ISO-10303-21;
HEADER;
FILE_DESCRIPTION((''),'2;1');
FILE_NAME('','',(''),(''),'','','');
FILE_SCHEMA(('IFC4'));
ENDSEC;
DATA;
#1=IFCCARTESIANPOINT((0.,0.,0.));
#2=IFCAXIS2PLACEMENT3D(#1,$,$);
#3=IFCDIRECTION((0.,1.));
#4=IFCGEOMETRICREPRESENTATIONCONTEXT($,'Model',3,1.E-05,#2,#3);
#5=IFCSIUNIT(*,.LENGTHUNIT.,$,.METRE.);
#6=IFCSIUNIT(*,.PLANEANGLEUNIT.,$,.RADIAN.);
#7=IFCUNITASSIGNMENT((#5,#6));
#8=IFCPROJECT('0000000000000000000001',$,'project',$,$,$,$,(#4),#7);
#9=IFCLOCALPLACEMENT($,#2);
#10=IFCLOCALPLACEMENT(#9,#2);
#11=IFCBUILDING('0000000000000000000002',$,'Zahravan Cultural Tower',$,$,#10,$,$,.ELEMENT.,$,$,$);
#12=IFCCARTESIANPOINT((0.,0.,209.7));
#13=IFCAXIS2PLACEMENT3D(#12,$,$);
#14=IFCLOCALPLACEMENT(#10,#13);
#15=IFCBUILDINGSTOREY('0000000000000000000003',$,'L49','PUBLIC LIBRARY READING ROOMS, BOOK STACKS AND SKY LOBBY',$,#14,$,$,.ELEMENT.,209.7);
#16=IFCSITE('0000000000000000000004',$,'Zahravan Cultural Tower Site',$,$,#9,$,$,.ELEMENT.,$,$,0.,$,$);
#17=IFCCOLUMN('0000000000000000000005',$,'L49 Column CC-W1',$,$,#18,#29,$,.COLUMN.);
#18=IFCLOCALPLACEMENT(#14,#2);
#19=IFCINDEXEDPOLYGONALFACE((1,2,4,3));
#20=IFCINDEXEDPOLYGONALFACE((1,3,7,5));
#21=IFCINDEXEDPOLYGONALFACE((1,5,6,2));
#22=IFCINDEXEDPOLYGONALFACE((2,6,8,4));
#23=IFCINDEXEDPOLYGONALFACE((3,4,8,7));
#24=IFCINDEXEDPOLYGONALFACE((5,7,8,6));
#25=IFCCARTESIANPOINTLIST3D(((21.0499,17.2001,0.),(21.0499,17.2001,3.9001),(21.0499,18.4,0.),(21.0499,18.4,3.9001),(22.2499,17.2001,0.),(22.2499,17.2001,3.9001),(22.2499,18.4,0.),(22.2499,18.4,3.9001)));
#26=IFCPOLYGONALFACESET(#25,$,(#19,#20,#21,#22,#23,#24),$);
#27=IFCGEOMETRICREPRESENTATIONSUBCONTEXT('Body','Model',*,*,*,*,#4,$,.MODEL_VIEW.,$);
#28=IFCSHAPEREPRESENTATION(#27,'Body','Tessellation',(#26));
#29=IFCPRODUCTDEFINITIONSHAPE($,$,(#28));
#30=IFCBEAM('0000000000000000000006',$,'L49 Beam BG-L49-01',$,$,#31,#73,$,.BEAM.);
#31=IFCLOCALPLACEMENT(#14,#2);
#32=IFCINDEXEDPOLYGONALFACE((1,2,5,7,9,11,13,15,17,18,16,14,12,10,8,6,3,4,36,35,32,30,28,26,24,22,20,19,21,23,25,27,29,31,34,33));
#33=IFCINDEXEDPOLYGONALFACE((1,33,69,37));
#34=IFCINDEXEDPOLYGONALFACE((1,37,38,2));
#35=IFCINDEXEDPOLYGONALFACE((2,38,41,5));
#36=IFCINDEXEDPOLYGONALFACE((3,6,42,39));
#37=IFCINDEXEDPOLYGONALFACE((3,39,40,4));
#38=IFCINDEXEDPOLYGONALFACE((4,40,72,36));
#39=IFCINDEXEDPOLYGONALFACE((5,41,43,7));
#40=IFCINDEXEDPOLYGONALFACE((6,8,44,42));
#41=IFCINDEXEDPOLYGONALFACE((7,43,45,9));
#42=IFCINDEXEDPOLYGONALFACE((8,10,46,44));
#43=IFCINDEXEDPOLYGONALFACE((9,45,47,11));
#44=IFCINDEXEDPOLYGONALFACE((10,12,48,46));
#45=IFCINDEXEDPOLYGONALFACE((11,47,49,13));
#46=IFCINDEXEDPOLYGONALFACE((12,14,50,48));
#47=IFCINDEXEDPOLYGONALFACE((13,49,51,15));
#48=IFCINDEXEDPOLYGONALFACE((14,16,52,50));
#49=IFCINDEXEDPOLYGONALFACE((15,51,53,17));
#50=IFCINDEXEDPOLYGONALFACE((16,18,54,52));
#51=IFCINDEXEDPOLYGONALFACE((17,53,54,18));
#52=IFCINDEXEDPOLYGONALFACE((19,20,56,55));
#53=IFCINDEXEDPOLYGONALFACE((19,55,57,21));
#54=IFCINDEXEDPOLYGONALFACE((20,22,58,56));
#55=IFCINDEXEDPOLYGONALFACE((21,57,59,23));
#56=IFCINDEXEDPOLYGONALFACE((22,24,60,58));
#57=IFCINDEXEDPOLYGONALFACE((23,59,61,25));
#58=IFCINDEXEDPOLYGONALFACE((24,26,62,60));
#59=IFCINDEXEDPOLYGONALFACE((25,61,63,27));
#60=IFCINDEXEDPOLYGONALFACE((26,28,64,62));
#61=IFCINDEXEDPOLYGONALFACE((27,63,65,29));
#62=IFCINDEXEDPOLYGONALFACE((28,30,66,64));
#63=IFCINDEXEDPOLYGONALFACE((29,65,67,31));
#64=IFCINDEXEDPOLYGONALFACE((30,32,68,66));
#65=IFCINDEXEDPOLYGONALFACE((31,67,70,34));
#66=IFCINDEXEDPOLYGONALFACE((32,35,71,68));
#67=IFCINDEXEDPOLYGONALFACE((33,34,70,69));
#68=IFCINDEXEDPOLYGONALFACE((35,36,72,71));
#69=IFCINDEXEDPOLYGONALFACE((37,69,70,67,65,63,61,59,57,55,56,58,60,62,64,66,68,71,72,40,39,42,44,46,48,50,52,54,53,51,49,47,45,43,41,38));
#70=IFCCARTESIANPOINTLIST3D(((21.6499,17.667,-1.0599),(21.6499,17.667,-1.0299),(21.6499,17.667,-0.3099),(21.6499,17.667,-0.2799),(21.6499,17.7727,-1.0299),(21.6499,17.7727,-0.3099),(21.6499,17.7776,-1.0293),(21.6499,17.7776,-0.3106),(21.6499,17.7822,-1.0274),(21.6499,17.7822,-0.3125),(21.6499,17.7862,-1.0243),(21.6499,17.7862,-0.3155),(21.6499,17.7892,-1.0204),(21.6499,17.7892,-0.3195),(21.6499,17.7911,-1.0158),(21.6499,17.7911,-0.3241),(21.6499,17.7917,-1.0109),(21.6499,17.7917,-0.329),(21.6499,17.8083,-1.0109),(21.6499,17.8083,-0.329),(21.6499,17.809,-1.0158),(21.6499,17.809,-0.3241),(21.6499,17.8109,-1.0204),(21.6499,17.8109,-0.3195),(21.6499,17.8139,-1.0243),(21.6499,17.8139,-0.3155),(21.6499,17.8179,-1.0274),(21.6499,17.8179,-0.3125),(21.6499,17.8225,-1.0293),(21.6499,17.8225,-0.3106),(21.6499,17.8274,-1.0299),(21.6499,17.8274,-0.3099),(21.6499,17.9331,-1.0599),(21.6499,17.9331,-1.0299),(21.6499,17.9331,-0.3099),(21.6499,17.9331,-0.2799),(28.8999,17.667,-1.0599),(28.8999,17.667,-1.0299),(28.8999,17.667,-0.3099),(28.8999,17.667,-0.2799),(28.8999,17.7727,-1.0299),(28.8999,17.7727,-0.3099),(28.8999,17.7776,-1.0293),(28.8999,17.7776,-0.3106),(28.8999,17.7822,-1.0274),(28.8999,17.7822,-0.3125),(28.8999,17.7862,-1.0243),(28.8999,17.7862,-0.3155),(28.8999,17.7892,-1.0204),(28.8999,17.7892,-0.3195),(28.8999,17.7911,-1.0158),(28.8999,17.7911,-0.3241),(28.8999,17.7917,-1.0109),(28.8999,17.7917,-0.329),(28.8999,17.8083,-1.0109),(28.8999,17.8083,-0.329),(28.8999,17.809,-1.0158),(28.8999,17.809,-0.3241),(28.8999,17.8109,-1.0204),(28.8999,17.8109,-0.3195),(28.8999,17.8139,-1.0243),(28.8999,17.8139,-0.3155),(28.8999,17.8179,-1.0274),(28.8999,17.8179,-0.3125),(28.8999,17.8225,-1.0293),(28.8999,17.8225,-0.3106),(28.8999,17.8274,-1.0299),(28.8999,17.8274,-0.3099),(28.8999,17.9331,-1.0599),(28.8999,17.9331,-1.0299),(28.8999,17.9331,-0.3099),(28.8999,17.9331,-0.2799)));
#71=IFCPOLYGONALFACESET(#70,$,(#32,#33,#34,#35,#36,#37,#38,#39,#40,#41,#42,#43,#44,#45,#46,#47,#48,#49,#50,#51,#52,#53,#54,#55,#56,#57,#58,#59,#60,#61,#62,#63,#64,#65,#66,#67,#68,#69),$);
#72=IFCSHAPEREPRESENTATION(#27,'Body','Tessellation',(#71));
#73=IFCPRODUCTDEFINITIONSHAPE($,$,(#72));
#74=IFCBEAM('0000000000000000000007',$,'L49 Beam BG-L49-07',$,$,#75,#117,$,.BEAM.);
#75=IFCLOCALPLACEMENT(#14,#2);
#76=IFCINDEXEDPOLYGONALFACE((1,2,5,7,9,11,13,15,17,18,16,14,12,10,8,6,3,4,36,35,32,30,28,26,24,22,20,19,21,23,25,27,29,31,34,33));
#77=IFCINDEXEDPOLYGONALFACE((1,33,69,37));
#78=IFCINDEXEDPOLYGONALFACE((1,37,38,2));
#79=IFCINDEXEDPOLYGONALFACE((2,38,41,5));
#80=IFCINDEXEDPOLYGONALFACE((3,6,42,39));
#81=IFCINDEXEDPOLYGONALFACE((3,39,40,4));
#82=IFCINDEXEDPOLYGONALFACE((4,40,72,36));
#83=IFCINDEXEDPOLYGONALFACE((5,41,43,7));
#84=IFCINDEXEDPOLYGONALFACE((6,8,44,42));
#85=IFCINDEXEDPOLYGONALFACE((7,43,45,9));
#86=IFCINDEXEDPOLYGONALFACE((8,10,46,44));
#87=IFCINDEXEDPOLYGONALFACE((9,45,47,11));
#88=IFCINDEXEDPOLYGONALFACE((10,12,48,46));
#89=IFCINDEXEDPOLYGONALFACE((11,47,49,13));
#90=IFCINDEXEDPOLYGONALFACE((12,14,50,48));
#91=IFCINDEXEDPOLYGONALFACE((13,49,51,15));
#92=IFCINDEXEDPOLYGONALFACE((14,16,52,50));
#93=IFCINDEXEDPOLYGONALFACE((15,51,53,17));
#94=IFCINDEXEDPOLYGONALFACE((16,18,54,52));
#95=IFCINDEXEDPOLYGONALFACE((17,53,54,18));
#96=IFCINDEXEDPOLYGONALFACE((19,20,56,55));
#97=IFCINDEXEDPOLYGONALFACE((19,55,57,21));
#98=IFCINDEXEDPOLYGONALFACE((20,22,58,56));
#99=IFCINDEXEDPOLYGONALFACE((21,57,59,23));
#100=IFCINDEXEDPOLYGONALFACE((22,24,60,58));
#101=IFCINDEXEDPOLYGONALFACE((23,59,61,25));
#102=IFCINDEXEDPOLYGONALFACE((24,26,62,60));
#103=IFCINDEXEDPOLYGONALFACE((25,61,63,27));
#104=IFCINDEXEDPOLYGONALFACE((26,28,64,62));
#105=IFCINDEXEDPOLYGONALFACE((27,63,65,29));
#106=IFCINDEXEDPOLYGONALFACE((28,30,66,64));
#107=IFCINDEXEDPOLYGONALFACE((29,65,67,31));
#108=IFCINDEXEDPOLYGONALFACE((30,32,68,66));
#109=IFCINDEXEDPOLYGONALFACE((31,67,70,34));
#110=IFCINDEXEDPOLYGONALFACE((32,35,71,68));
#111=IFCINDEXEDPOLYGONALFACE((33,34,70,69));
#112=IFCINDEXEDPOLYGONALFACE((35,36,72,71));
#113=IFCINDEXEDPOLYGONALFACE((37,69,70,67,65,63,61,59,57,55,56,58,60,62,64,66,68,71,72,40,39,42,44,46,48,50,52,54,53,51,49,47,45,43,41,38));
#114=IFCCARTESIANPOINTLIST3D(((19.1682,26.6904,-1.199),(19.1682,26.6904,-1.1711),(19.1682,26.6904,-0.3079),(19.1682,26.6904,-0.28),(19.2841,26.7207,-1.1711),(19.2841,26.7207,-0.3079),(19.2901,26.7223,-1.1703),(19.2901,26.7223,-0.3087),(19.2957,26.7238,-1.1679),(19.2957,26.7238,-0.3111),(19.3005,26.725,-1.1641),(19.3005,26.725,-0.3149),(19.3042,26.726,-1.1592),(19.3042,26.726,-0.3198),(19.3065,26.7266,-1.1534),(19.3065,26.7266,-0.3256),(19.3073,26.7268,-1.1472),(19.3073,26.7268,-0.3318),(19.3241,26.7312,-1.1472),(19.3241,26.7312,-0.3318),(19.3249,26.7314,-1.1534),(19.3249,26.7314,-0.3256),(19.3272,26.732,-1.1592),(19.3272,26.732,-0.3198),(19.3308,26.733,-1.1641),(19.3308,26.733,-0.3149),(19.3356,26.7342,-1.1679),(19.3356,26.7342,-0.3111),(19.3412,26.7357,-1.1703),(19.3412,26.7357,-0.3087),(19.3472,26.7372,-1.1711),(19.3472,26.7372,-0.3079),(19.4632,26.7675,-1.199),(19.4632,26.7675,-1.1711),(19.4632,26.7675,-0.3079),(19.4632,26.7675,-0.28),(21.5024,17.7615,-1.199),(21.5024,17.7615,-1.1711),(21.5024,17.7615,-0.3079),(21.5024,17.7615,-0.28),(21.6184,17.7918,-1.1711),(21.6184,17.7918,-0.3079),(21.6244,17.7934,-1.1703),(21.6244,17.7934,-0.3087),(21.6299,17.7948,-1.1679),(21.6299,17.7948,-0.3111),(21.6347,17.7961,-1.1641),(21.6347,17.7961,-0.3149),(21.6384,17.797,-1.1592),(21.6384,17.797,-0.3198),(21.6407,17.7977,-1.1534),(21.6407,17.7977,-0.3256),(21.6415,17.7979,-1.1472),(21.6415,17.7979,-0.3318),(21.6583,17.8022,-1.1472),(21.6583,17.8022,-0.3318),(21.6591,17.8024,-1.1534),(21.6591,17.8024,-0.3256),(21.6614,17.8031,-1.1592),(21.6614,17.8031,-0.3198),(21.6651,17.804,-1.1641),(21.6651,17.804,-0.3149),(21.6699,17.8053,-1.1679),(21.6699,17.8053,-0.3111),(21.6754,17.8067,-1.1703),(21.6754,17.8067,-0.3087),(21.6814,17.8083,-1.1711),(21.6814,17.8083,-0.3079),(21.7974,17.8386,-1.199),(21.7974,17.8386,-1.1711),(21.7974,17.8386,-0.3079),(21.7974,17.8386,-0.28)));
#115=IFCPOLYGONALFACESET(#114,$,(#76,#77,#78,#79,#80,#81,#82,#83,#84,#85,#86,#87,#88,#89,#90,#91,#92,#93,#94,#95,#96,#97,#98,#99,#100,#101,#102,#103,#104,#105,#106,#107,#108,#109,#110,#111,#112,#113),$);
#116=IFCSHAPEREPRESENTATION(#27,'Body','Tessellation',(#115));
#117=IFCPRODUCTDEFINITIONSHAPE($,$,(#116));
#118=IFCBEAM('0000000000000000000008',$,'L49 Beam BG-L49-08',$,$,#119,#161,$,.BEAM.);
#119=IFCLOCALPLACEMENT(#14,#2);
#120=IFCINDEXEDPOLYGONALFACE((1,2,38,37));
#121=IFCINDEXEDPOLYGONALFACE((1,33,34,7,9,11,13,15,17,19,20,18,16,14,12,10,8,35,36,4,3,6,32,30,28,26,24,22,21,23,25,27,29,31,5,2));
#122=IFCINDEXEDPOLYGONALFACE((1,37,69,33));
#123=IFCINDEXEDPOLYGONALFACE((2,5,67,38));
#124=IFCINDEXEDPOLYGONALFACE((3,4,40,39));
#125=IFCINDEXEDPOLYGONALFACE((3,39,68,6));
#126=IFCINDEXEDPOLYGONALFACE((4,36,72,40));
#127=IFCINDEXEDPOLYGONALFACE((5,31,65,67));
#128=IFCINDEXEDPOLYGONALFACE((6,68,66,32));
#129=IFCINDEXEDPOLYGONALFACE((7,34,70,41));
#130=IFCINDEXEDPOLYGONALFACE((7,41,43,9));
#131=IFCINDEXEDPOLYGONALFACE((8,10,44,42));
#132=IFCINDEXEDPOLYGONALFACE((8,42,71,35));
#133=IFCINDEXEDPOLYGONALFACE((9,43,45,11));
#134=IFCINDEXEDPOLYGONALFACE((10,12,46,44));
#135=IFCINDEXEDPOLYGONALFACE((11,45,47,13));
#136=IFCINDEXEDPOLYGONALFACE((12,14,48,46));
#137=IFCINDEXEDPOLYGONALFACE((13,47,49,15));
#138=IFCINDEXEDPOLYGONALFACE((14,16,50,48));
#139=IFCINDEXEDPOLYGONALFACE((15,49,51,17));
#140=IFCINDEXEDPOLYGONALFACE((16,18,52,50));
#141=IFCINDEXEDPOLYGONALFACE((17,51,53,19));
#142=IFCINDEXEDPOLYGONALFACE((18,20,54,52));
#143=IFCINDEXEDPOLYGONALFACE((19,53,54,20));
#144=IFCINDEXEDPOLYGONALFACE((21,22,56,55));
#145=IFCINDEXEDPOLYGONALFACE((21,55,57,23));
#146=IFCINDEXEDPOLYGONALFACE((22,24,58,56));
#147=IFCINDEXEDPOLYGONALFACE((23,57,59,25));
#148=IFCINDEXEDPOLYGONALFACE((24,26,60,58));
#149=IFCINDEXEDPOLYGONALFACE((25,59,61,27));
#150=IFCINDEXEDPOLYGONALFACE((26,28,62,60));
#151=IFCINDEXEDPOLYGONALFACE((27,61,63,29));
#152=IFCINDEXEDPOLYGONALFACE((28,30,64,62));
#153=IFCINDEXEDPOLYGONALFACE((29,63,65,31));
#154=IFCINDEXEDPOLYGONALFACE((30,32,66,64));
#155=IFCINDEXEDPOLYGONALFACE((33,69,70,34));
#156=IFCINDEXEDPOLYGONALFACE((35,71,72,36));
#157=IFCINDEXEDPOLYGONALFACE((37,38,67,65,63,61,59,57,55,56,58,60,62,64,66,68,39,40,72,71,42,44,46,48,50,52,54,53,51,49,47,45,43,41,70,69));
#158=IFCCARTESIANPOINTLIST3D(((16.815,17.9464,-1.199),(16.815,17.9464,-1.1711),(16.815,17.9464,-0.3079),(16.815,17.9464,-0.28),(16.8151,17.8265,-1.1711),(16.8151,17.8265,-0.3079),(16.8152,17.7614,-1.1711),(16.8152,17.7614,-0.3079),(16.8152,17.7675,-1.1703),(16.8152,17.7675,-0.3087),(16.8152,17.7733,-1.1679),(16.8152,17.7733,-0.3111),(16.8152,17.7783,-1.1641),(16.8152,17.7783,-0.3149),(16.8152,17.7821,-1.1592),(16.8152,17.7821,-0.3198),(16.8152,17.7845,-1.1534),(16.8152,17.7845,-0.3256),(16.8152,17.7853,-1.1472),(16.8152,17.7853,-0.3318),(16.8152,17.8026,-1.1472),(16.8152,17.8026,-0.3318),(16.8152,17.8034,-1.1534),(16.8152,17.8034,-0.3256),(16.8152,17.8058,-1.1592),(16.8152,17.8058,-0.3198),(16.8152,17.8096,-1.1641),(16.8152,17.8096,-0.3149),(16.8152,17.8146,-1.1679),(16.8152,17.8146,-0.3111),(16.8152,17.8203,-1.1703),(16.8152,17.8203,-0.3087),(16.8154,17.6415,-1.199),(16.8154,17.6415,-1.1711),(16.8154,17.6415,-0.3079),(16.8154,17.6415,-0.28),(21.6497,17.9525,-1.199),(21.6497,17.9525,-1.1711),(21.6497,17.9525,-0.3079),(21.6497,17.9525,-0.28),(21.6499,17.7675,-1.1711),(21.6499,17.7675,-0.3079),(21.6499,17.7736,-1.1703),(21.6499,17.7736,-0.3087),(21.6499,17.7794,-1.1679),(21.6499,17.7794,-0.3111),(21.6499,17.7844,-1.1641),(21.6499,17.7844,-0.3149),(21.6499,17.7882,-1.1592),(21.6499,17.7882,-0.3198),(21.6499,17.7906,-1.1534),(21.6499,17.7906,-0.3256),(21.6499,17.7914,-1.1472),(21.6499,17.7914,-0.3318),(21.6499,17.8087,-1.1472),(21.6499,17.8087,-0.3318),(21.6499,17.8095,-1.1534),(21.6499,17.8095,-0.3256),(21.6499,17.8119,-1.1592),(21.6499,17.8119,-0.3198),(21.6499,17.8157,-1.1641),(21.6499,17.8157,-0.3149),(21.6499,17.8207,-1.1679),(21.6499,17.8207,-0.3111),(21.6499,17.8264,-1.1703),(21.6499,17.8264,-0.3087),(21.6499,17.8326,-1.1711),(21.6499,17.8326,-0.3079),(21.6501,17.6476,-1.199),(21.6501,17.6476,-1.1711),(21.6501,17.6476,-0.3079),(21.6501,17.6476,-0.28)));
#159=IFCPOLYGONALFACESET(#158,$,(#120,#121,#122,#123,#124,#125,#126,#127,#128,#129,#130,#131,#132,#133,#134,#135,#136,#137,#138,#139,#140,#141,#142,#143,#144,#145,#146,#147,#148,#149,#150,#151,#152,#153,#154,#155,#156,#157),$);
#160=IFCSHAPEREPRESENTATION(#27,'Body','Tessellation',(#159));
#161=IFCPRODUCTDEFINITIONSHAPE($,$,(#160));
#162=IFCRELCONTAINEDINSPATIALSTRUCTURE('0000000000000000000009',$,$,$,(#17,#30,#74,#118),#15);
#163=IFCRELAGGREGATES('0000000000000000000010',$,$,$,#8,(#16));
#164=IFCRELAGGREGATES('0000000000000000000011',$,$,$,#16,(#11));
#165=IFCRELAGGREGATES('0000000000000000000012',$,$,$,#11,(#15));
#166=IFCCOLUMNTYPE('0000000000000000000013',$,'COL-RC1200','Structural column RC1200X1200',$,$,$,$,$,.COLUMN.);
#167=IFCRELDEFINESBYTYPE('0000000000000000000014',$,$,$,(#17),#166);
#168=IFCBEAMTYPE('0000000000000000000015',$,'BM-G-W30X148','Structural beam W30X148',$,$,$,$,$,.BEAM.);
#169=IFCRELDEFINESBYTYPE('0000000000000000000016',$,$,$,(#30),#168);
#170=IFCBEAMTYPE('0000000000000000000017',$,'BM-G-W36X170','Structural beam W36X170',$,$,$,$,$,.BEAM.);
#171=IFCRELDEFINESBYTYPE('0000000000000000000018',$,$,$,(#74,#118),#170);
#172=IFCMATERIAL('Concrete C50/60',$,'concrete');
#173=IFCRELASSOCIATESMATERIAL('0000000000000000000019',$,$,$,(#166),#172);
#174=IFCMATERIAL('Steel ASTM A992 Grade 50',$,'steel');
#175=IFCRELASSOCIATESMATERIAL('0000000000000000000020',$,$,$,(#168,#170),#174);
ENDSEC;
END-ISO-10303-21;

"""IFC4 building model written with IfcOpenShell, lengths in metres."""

from ifc_helpers import new_model, si_unit, direction, frame, origin, origin_2d, place, context, subcontext, project, spatial, rectangle, i_section, extrude, source, transform, mapped, material, material_profile, profile_set, type_object, element, save


model = new_model("IFC4")

# Units and contexts
model_context = context("Model", 3, precision=1e-05, world=origin(), true_north=direction((0.0, 1.0)))
body_context = subcontext(model_context, "Body", "Model", "MODEL_VIEW")
ifc_project = project(units=[si_unit("LENGTHUNIT", "METRE"), si_unit("PLANEANGLEUNIT", "RADIAN")], contexts=[model_context])

# Site, building, storey
site_placement = place(None, origin())
site = spatial("IfcSite", under=ifc_project, at=site_placement, Name="Zahravan Cultural Tower Site", CompositionType="ELEMENT", RefElevation=0.0)
building_placement = place(site_placement, origin())
building = spatial("IfcBuilding", under=site, at=building_placement, Name="Zahravan Cultural Tower", CompositionType="ELEMENT")
storey_placement = place(building_placement, frame((0.0, 0.0, 209.7)))
storey = spatial("IfcBuildingStorey", under=building, at=storey_placement, Name="L49", Description="PUBLIC LIBRARY READING ROOMS, BOOK STACKS AND SKY LOBBY", CompositionType="ELEMENT", Elevation=209.7)

# Column
ifc_material_1 = material(Name="Concrete C50/60", Category="concrete")
ifc_material_profile_1 = material_profile(ifc_material_1, rectangle(XDim=1.2, YDim=1.2, at=origin_2d()), Name="RC1200X1200")
ifc_profile_set_1 = profile_set([ifc_material_profile_1], Name="Concrete C50/60")
column_type = type_object("IfcColumnType", Name="COL-RC1200", Description="Structural column RC1200X1200", PredefinedType="COLUMN", material=ifc_profile_set_1)
shared_shape_1 = source(origin(), body_context, "Body", "SweptSolid", [
    extrude(rectangle(XDim=1.2, YDim=1.2, at=origin_2d()), origin(), (0.0, 0.0, 1.0), 3.9001),
])
column_placement = place(storey_placement, frame((21.6499, 17.8, 0.0), z_axis=(0.0, 0.0, 1.0), x_axis=(1.0, 0.0, 0.0)))
element("IfcColumn", 1, at=column_placement, inside=storey, type_object=column_type, Name="L49 Column CC-W1", PredefinedType="COLUMN", context=body_context, shape_type="MappedRepresentation", body=[
    mapped(shared_shape_1, transform((0.0, 0.0, 0.0), x_axis=(1.0, 0.0, 0.0), y_axis=(0.0, 1.0, 0.0), z_axis=(0.0, 0.0, 1.0), scale=1.0)),
])

# Beams
ifc_material_2 = material(Name="Steel ASTM A992 Grade 50", Category="steel")
ifc_material_profile_2 = material_profile(ifc_material_2, i_section(OverallWidth=0.2661, OverallDepth=0.78, WebThickness=0.0166, FlangeThickness=0.03, FilletRadius=0.019, at=origin_2d()), Name="W30X148")
ifc_profile_set_2 = profile_set([ifc_material_profile_2], Name="Steel ASTM A992 Grade 50")
beam_type_1 = type_object("IfcBeamType", Name="BM-G-W30X148", Description="Structural beam W30X148", PredefinedType="BEAM", material=ifc_profile_set_2)
shared_shape_2 = source(origin(), body_context, "Body", "SweptSolid", [
    extrude(i_section(OverallWidth=0.2661, OverallDepth=0.78, WebThickness=0.0166, FlangeThickness=0.03, FilletRadius=0.019, at=origin_2d()), origin(), (0.0, 0.0, 1.0), 7.25),
])
beam_1_placement = place(storey_placement, frame((21.6499, 17.8, -0.6699), z_axis=(1.0, 0.0, 0.0), x_axis=(0.0, 1.0, 0.0)))
element("IfcBeam", 2, at=beam_1_placement, inside=storey, type_object=beam_type_1, Name="L49 Beam BG-L49-01", PredefinedType="BEAM", context=body_context, shape_type="MappedRepresentation", body=[
    mapped(shared_shape_2, transform((0.0, 0.0, 0.0), x_axis=(1.0, 0.0, 0.0), y_axis=(0.0, 1.0, 0.0), z_axis=(0.0, 0.0, 1.0), scale=1.0)),
])
ifc_material_profile_3 = material_profile(ifc_material_2, i_section(OverallWidth=0.3049, OverallDepth=0.9189, WebThickness=0.0173, FlangeThickness=0.0278, FilletRadius=0.0239, at=origin_2d()), Name="W36X170")
ifc_profile_set_3 = profile_set([ifc_material_profile_3], Name="Steel ASTM A992 Grade 50")
beam_type_2 = type_object("IfcBeamType", Name="BM-G-W36X170", Description="Structural beam W36X170", PredefinedType="BEAM", material=ifc_profile_set_3)
shared_shape_3 = source(origin(), body_context, "Body", "SweptSolid", [
    extrude(i_section(OverallWidth=0.3049, OverallDepth=0.9189, WebThickness=0.0173, FlangeThickness=0.0278, FilletRadius=0.0239, at=origin_2d()), origin(), (0.0, 0.0, 1.0), 9.229),
])
beam_2_placement = place(storey_placement, frame((21.6499, 17.8, -0.7395), z_axis=(-0.252923, 0.967487, 0.0), x_axis=(-0.967487, -0.252923, 0.0)))
element("IfcBeam", 3, at=beam_2_placement, inside=storey, type_object=beam_type_2, Name="L49 Beam BG-L49-07", PredefinedType="BEAM", context=body_context, shape_type="MappedRepresentation", body=[
    mapped(shared_shape_3, transform((0.0, 0.0, 0.0), x_axis=(1.0, 0.0, 0.0), y_axis=(0.0, 1.0, 0.0), z_axis=(0.0, 0.0, 1.0), scale=1.0)),
])
shared_shape_4 = source(origin(), body_context, "Body", "SweptSolid", [
    extrude(i_section(OverallWidth=0.3049, OverallDepth=0.9189, WebThickness=0.0173, FlangeThickness=0.0278, FilletRadius=0.0239, at=origin_2d()), origin(), (0.0, 0.0, 1.0), 4.8347),
])
beam_3_placement = place(storey_placement, frame((21.6499, 17.8, -0.7395), z_axis=(-0.999999, -0.001262, 0.0), x_axis=(0.001262, -0.999999, 0.0)))
element("IfcBeam", 4, at=beam_3_placement, inside=storey, type_object=beam_type_2, Name="L49 Beam BG-L49-08", PredefinedType="BEAM", context=body_context, shape_type="MappedRepresentation", body=[
    mapped(shared_shape_4, transform((0.0, 0.0, 0.0), x_axis=(1.0, 0.0, 0.0), y_axis=(0.0, 1.0, 0.0), z_axis=(0.0, 0.0, 1.0), scale=1.0)),
])

save(model, "model.ifc")
